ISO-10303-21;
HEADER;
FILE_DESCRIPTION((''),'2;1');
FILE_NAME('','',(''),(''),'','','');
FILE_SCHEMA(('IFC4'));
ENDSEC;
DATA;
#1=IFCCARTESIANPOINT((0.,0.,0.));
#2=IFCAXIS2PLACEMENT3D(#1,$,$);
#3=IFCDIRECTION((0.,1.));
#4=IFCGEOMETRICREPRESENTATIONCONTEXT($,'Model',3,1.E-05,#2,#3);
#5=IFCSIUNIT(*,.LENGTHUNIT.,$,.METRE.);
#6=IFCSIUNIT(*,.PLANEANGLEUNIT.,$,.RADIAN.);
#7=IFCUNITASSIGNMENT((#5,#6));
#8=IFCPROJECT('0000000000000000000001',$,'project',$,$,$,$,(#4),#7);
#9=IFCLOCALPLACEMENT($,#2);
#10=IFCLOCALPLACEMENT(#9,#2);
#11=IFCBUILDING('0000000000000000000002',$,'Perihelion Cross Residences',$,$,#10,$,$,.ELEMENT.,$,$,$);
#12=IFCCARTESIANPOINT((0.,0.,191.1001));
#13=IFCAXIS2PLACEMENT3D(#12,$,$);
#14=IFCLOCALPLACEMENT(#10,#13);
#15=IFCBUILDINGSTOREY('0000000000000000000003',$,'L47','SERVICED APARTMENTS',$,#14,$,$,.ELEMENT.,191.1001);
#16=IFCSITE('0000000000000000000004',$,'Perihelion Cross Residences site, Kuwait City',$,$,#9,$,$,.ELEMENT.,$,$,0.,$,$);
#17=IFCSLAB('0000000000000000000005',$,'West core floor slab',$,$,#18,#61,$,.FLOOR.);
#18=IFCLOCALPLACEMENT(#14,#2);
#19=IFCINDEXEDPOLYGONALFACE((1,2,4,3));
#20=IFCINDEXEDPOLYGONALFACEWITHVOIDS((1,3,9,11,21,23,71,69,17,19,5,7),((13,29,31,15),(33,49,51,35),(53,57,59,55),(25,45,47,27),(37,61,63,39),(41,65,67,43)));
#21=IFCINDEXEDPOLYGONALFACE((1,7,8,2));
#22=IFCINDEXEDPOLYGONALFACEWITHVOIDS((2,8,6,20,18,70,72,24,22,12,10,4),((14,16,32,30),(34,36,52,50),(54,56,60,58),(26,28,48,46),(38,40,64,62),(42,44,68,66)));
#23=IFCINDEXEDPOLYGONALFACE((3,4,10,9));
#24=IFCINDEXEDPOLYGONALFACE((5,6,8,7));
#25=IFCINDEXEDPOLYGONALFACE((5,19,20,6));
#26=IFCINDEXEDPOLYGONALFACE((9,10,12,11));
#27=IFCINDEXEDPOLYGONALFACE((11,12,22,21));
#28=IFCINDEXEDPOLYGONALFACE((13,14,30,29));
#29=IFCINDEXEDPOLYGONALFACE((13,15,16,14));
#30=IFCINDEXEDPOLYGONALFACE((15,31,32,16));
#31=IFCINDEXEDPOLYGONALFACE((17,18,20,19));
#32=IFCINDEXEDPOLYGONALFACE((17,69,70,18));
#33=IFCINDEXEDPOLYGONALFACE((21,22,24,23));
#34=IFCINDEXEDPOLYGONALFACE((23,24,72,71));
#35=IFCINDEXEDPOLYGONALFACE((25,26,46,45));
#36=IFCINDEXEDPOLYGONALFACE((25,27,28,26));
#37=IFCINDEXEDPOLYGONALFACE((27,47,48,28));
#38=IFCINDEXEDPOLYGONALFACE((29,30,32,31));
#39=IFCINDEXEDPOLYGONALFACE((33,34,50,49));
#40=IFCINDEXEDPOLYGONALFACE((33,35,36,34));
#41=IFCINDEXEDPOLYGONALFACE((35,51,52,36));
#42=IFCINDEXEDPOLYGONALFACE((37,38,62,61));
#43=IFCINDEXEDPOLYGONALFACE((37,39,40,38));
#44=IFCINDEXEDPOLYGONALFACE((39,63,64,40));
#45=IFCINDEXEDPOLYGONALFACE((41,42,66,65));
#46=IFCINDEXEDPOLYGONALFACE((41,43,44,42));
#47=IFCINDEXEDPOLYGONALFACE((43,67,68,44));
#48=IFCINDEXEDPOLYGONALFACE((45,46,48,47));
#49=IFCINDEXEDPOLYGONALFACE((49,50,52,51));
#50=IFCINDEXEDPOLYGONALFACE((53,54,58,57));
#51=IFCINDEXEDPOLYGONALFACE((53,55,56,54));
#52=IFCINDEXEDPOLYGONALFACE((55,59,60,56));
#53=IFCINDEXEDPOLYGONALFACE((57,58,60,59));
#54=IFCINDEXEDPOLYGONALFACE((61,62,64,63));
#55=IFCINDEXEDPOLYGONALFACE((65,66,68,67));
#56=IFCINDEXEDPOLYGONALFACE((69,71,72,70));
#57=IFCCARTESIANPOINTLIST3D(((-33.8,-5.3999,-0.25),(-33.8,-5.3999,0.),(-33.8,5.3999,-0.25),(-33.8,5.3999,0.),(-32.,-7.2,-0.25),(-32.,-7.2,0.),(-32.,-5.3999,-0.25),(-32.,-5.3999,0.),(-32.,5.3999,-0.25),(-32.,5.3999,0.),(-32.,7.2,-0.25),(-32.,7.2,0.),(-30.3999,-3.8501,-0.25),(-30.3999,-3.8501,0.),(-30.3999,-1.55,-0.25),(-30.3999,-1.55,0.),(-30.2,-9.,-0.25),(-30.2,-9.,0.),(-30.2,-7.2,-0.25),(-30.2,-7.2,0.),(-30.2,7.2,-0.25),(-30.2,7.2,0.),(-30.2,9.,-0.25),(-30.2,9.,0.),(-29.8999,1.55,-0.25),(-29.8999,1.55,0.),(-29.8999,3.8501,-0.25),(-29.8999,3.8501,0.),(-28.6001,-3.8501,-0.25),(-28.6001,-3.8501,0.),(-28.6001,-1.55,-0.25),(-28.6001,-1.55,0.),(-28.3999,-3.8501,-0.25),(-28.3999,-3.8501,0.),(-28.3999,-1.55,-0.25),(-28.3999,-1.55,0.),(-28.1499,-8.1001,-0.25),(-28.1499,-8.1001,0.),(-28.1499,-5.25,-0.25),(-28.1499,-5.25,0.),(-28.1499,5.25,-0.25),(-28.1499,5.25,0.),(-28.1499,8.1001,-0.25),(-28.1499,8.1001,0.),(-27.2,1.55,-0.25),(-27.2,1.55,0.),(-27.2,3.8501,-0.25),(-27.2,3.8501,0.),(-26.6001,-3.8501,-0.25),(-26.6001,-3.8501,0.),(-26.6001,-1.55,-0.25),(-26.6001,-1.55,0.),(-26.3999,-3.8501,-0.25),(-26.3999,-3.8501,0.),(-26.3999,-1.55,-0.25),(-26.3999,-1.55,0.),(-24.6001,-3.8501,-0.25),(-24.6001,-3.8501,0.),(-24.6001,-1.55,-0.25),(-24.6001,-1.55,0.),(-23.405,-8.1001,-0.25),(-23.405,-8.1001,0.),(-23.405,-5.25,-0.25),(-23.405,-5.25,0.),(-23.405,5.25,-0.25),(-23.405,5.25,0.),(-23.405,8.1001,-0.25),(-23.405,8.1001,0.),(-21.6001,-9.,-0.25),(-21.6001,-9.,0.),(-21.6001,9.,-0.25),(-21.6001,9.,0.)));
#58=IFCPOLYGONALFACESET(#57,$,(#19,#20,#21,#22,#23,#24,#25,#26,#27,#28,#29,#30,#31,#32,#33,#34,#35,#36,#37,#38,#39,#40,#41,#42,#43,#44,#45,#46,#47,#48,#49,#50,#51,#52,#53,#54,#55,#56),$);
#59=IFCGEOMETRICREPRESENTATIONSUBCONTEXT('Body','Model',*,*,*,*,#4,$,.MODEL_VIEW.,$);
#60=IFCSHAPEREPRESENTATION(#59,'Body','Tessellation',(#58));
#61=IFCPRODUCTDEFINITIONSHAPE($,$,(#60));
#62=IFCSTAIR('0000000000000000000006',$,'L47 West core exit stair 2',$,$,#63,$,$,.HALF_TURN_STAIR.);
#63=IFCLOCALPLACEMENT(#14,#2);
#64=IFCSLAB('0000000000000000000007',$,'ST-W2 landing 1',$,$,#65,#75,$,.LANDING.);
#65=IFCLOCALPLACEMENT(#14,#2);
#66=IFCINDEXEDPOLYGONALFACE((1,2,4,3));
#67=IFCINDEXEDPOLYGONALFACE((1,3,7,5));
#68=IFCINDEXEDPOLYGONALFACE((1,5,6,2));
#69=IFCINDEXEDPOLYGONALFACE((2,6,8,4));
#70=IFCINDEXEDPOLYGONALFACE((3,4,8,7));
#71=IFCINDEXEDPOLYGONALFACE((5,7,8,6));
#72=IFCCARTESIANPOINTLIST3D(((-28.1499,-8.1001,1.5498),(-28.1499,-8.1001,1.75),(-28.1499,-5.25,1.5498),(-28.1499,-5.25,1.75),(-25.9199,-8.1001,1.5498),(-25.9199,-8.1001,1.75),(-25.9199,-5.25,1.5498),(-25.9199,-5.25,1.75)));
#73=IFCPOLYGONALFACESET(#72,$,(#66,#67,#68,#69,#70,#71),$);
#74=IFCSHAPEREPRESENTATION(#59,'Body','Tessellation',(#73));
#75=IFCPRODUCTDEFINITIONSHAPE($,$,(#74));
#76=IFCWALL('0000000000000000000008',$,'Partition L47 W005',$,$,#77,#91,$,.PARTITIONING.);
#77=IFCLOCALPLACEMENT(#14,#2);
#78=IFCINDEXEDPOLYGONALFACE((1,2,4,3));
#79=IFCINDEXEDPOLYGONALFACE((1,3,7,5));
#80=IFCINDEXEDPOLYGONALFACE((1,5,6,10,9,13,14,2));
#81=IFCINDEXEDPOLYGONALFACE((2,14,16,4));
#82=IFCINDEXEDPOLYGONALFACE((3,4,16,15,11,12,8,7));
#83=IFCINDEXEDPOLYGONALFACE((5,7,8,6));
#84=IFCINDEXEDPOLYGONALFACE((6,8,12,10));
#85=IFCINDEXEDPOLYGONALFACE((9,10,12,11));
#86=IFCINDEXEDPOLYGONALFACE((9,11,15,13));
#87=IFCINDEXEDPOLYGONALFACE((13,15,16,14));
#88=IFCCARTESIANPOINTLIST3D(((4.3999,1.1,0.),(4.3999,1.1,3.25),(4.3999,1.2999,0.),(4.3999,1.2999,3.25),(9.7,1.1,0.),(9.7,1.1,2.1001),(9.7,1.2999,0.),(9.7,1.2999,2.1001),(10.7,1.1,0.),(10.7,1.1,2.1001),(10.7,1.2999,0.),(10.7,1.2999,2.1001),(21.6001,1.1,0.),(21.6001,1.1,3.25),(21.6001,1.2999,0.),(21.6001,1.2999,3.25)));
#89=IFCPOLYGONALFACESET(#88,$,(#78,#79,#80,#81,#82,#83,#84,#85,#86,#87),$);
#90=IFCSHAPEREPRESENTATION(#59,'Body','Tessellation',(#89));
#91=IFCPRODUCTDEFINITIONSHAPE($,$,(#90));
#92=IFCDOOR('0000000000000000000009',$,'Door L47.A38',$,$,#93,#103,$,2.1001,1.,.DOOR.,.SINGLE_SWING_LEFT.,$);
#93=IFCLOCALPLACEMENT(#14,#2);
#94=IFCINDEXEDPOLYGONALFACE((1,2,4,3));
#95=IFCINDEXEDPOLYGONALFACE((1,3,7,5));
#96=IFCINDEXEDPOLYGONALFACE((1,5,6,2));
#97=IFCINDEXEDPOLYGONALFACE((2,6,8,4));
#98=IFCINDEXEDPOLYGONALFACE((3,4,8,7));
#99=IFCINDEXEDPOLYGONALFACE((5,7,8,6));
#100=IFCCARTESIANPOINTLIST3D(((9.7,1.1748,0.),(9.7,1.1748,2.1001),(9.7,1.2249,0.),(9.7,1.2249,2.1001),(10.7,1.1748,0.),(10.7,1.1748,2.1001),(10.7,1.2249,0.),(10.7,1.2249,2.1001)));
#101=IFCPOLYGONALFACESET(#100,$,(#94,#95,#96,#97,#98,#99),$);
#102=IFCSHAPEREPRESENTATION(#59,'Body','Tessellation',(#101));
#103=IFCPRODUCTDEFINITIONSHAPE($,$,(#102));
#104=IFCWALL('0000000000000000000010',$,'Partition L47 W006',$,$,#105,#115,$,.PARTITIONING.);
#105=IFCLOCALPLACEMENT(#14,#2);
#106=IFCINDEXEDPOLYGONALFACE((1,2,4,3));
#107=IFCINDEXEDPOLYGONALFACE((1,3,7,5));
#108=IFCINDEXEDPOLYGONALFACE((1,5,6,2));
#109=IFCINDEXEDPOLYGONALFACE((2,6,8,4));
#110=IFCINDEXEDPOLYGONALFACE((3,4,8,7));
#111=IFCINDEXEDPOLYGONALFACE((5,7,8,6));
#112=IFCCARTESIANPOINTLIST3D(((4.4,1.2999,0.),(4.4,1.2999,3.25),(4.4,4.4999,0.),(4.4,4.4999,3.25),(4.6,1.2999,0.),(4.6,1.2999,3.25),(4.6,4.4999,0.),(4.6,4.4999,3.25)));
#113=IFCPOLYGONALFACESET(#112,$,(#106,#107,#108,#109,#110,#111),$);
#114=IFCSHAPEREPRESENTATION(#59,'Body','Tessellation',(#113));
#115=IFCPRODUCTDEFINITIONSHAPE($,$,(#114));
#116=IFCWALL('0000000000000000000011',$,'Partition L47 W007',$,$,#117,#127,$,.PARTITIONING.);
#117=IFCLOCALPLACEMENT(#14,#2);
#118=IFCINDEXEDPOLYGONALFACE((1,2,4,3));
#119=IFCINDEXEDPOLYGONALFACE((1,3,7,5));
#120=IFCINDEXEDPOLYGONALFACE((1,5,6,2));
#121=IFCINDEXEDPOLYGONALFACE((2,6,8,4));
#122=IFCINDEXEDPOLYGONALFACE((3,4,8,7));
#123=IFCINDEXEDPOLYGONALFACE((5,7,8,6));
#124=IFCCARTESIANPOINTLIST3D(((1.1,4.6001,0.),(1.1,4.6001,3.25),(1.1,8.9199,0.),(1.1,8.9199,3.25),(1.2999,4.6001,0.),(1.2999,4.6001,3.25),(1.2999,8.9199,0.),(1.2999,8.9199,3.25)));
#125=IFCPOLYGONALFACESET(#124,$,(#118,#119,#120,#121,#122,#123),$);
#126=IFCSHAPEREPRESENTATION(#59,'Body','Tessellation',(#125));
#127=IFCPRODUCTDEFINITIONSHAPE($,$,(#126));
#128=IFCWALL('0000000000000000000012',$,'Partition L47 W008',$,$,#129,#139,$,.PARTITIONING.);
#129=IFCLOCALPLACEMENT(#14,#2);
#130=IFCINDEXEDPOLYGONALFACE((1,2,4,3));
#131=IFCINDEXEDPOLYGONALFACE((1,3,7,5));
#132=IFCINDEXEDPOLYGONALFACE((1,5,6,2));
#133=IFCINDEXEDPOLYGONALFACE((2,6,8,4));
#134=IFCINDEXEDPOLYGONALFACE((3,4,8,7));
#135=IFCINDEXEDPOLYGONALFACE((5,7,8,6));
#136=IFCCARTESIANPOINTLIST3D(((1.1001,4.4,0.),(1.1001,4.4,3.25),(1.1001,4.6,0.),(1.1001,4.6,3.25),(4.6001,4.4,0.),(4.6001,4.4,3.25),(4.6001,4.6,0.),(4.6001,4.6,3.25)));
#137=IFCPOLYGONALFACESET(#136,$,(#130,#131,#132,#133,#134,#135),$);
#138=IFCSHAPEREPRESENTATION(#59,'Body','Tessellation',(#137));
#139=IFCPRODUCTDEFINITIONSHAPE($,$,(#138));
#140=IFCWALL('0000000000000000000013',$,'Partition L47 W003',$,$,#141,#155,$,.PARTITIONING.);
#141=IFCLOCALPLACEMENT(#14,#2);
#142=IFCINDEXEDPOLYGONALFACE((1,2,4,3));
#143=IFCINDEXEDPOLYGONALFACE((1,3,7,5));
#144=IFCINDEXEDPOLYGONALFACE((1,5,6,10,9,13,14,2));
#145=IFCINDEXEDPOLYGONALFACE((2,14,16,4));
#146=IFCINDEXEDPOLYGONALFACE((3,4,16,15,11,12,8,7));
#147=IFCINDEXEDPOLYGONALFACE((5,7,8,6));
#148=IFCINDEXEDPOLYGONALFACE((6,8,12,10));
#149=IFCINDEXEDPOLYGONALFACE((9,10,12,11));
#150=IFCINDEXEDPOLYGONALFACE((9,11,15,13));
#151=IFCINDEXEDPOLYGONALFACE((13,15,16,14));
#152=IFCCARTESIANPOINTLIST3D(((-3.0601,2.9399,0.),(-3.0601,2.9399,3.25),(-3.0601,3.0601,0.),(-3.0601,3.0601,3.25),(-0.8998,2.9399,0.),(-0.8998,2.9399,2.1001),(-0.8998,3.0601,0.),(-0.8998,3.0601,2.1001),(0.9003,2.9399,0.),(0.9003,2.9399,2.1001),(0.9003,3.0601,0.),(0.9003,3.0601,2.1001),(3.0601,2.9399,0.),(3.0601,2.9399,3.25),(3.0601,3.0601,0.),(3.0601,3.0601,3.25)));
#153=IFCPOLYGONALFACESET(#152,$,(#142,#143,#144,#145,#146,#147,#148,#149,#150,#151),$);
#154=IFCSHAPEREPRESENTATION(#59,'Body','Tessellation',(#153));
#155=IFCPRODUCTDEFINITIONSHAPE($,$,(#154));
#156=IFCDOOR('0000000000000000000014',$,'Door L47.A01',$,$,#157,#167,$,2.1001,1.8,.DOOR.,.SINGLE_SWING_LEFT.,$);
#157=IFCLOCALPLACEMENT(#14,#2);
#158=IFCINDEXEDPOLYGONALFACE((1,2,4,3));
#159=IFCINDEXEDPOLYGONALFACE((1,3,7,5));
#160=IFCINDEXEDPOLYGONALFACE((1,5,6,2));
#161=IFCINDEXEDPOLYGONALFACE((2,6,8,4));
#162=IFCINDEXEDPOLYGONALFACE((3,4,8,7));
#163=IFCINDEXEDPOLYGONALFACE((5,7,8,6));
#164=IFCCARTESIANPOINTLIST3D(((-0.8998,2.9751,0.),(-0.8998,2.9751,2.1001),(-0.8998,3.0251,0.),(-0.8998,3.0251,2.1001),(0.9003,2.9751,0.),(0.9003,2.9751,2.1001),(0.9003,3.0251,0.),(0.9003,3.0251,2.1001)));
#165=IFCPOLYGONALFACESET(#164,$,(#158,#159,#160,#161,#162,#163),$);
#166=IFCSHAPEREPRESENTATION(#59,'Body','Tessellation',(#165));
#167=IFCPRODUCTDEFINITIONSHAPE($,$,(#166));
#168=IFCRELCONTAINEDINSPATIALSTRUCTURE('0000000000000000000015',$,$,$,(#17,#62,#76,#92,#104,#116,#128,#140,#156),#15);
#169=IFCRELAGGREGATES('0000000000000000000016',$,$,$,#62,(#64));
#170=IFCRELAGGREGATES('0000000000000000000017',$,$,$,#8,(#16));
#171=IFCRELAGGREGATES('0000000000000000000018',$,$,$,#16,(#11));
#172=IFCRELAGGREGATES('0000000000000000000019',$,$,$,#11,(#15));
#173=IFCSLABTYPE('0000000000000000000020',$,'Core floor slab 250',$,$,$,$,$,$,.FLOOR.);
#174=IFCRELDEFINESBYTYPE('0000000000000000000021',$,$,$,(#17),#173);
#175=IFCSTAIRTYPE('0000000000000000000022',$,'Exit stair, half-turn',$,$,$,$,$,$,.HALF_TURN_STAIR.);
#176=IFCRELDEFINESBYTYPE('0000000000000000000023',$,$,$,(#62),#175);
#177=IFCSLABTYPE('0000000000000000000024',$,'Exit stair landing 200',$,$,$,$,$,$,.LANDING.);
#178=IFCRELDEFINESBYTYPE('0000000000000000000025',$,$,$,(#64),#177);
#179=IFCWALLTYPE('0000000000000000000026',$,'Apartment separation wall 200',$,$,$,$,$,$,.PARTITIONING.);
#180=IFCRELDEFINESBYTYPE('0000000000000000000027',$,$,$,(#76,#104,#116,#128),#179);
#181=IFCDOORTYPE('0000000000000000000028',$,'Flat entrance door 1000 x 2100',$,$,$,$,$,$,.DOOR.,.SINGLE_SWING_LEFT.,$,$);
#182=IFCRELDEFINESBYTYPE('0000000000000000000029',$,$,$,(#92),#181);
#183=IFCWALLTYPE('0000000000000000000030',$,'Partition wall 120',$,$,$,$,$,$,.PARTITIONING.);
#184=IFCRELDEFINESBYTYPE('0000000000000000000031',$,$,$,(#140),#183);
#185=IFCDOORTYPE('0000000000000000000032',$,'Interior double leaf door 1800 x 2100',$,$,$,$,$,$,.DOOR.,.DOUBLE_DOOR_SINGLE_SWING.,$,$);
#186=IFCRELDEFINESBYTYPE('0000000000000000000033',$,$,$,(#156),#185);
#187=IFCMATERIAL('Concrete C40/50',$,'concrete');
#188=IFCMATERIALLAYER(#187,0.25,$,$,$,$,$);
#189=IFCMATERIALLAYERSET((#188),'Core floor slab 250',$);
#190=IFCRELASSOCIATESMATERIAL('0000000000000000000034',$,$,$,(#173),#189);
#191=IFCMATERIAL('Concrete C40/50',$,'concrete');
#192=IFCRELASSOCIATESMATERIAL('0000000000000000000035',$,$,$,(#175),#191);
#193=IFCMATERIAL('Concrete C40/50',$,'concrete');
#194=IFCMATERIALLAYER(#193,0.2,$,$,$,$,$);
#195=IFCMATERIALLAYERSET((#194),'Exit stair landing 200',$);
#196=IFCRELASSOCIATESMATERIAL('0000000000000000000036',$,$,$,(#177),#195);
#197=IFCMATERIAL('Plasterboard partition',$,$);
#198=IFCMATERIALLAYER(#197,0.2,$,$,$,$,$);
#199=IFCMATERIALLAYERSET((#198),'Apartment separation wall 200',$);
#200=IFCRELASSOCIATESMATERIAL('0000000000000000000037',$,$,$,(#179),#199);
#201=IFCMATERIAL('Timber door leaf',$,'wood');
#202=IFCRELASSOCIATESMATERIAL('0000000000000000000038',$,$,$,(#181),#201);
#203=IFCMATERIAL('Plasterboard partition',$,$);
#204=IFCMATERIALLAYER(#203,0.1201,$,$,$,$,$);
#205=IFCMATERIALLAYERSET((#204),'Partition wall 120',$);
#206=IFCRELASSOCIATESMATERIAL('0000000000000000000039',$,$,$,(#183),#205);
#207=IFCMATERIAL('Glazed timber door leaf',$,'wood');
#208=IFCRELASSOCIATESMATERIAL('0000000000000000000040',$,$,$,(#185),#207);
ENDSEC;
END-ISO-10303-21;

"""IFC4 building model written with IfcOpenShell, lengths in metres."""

from ifc_helpers import new_model, si_unit, direction, frame, frame_2d, origin, place, context, subcontext, project, spatial, polyline, rectangle, outline, extrude, material, layer, layer_set, type_object, element, fill, aggregate, save


model = new_model("IFC4")

# Units and contexts
model_context = context("Model", 3, precision=1e-05, world=origin(), true_north=direction((0.0, 1.0)))
body_context = subcontext(model_context, "Body", "Model", "MODEL_VIEW")
ifc_project = project(units=[si_unit("LENGTHUNIT", "METRE"), si_unit("PLANEANGLEUNIT", "RADIAN")], contexts=[model_context])

# Site, building, storey
site_placement = place(None, origin())
site = spatial("IfcSite", under=ifc_project, at=site_placement, Name="Perihelion Cross Residences site, Kuwait City", CompositionType="ELEMENT", RefElevation=0.0)
building_placement = place(site_placement, origin())
building = spatial("IfcBuilding", under=site, at=building_placement, Name="Perihelion Cross Residences", CompositionType="ELEMENT")
storey_placement = place(building_placement, frame((0.0, 0.0, 191.1001)))
storey = spatial("IfcBuildingStorey", under=building, at=storey_placement, Name="L47", Description="SERVICED APARTMENTS", CompositionType="ELEMENT", Elevation=191.1001)

# Slab
ifc_material_1 = material(Name="Concrete C40/50", Category="concrete")
ifc_layer_1 = layer(ifc_material_1, 0.25)
ifc_layer_set_1 = layer_set([ifc_layer_1], Name="Core floor slab 250")
slab_type_1 = type_object("IfcSlabType", Name="Core floor slab 250", PredefinedType="FLOOR", material=ifc_layer_set_1)
slab_1_placement = place(storey_placement, frame((0.0, 0.0, -0.25)))
element("IfcSlab", 1, at=slab_1_placement, inside=storey, type_object=slab_type_1, Name="West core floor slab", PredefinedType="FLOOR", context=body_context, shape_type="SweptSolid", body=[
    extrude(outline(polyline([(-30.2, 7.2), (-32.0, 7.2), (-32.0, 5.3999), (-33.8, 5.3999), (-33.8, -5.3999), (-32.0, -5.3999), (-32.0, -7.2), (-30.2, -7.2), (-30.2, -9.0), (-21.6001, -9.0), (-21.6001, 9.0), (-30.2, 9.0), (-30.2, 7.2)]), holes=[polyline([(-28.1499, -8.1001), (-28.1499, -5.25), (-23.405, -5.25), (-23.405, -8.1001), (-28.1499, -8.1001)]), polyline([(-24.6001, -1.55), (-24.6001, -3.8501), (-26.3999, -3.8501), (-26.3999, -1.55), (-24.6001, -1.55)]), polyline([(-26.6001, -1.55), (-26.6001, -3.8501), (-28.3999, -3.8501), (-28.3999, -1.55), (-26.6001, -1.55)]), polyline([(-28.6001, -3.8501), (-30.3999, -3.8501), (-30.3999, -1.55), (-28.6001, -1.55), (-28.6001, -3.8501)]), polyline([(-27.2, 3.8501), (-27.2, 1.55), (-29.8999, 1.55), (-29.8999, 3.8501), (-27.2, 3.8501)]), polyline([(-23.405, 5.25), (-28.1499, 5.25), (-28.1499, 8.1001), (-23.405, 8.1001), (-23.405, 5.25)])]), origin(), (0.0, 0.0, 1.0), 0.25),
])

# Stair, slab
ifc_material_2 = material(Name="Concrete C40/50", Category="concrete")
stair_type = type_object("IfcStairType", Name="Exit stair, half-turn", PredefinedType="HALF_TURN_STAIR", material=ifc_material_2)
stair_placement = place(storey_placement, origin())
stair = element("IfcStair", 2, at=stair_placement, inside=storey, type_object=stair_type, Name="L47 West core exit stair 2", PredefinedType="HALF_TURN_STAIR")
ifc_material_3 = material(Name="Concrete C40/50", Category="concrete")
ifc_layer_2 = layer(ifc_material_3, 0.2)
ifc_layer_set_2 = layer_set([ifc_layer_2], Name="Exit stair landing 200")
slab_type_2 = type_object("IfcSlabType", Name="Exit stair landing 200", PredefinedType="LANDING", material=ifc_layer_set_2)
slab_2_placement = place(storey_placement, frame((0.0, 0.0, 1.5498)))
slab_2 = element("IfcSlab", 3, at=slab_2_placement, type_object=slab_type_2, Name="ST-W2 landing 1", PredefinedType="LANDING", context=body_context, shape_type="SweptSolid", body=[
    extrude(outline(polyline([(-25.9199, -5.25), (-28.1499, -5.25), (-28.1499, -8.1001), (-25.9199, -8.1001), (-25.9199, -5.25)])), origin(), (0.0, 0.0, 1.0), 0.2002),
])
aggregate(stair, [slab_2])

# Wall, opening, door
ifc_material_4 = material(Name="Plasterboard partition")
ifc_layer_3 = layer(ifc_material_4, 0.2)
ifc_layer_set_3 = layer_set([ifc_layer_3], Name="Apartment separation wall 200")
wall_type_1 = type_object("IfcWallType", Name="Apartment separation wall 200", PredefinedType="PARTITIONING", material=ifc_layer_set_3)
wall_1_placement = place(storey_placement, frame((4.3999, 1.2, 0.0), z_axis=(0.0, 0.0, 1.0), x_axis=(1.0, 0.0, 0.0)))
wall_1 = element("IfcWall", 4, at=wall_1_placement, inside=storey, type_object=wall_type_1, Name="Partition L47 W005", PredefinedType="PARTITIONING", context=body_context, shape_type="SweptSolid", body=[
    extrude(rectangle(XDim=17.2002, YDim=0.2, at=frame_2d((8.6001, 0.0))), origin(), (0.0, 0.0, 1.0), 3.25),
])
opening_1_placement = place(wall_1_placement, frame((5.3, 0.0, 0.0)))
opening_1 = element("IfcOpeningElement", 5, at=opening_1_placement, cuts=wall_1, PredefinedType="OPENING", context=body_context, shape_type="SweptSolid", body=[
    extrude(rectangle(XDim=1.0, YDim=2.1001, at=frame_2d((0.5, 1.05))), frame((0.0, 0.1099, 0.0), z_axis=(0.0, -1.0, 0.0), x_axis=(1.0, 0.0, 0.0)), (0.0, 0.0, 1.0), 0.22),
])
ifc_material_5 = material(Name="Timber door leaf", Category="wood")
door_type_1 = type_object("IfcDoorType", Name="Flat entrance door 1000 x 2100", OperationType="SINGLE_SWING_LEFT", PredefinedType="DOOR", material=ifc_material_5)
door_1_placement = place(opening_1_placement, origin())
door_1 = element("IfcDoor", 6, at=door_1_placement, inside=storey, type_object=door_type_1, Name="Door L47.A38", OperationType="SINGLE_SWING_LEFT", OverallHeight=2.1001, OverallWidth=1.0, PredefinedType="DOOR", context=body_context, shape_type="SweptSolid", body=[
    extrude(rectangle(XDim=1.0, YDim=2.1001, at=frame_2d((0.5, 1.05))), frame((0.0, 0.0249, 0.0), z_axis=(0.0, -1.0, 0.0), x_axis=(1.0, 0.0, 0.0)), (0.0, 0.0, 1.0), 0.05),
])
fill(opening_1, door_1)

# Walls
wall_2_placement = place(storey_placement, frame((4.5, 4.5, 0.0), z_axis=(0.0, 0.0, 1.0), x_axis=(0.0, -1.0, 0.0)))
element("IfcWall", 7, at=wall_2_placement, inside=storey, type_object=wall_type_1, Name="Partition L47 W006", PredefinedType="PARTITIONING", context=body_context, shape_type="SweptSolid", body=[
    extrude(rectangle(XDim=3.2, YDim=0.2, at=frame_2d((1.6001, 0.0))), origin(), (0.0, 0.0, 1.0), 3.25),
])
wall_3_placement = place(storey_placement, frame((1.2, 8.9199, 0.0), z_axis=(0.0, 0.0, 1.0), x_axis=(0.0, -1.0, 0.0)))
element("IfcWall", 8, at=wall_3_placement, inside=storey, type_object=wall_type_1, Name="Partition L47 W007", PredefinedType="PARTITIONING", context=body_context, shape_type="SweptSolid", body=[
    extrude(rectangle(XDim=4.3198, YDim=0.2, at=frame_2d((2.1599, 0.0))), origin(), (0.0, 0.0, 1.0), 3.25),
])
wall_4_placement = place(storey_placement, frame((1.1001, 4.5, 0.0), z_axis=(0.0, 0.0, 1.0), x_axis=(1.0, 0.0, 0.0)))
element("IfcWall", 9, at=wall_4_placement, inside=storey, type_object=wall_type_1, Name="Partition L47 W008", PredefinedType="PARTITIONING", context=body_context, shape_type="SweptSolid", body=[
    extrude(rectangle(XDim=3.5, YDim=0.2, at=frame_2d((1.75, 0.0))), origin(), (0.0, 0.0, 1.0), 3.25),
])

# Wall, opening, door
ifc_material_6 = material(Name="Plasterboard partition")
ifc_layer_4 = layer(ifc_material_6, 0.1201)
ifc_layer_set_4 = layer_set([ifc_layer_4], Name="Partition wall 120")
wall_type_2 = type_object("IfcWallType", Name="Partition wall 120", PredefinedType="PARTITIONING", material=ifc_layer_set_4)
wall_5_placement = place(storey_placement, frame((3.0601, 3.0, 0.0), z_axis=(0.0, 0.0, 1.0), x_axis=(-1.0, 0.0, 0.0)))
wall_5 = element("IfcWall", 10, at=wall_5_placement, inside=storey, type_object=wall_type_2, Name="Partition L47 W003", PredefinedType="PARTITIONING", context=body_context, shape_type="SweptSolid", body=[
    extrude(rectangle(XDim=6.1201, YDim=0.1201, at=frame_2d((3.0601, 0.0))), origin(), (0.0, 0.0, 1.0), 3.25),
])
opening_2_placement = place(wall_5_placement, frame((2.1599, 0.0, 0.0)))
opening_2 = element("IfcOpeningElement", 11, at=opening_2_placement, cuts=wall_5, PredefinedType="OPENING", context=body_context, shape_type="SweptSolid", body=[
    extrude(rectangle(XDim=1.8, YDim=2.1001, at=frame_2d((0.8999, 1.05))), frame((0.0, 0.0701, 0.0), z_axis=(0.0, -1.0, 0.0), x_axis=(1.0, 0.0, 0.0)), (0.0, 0.0, 1.0), 0.1401),
])
ifc_material_7 = material(Name="Glazed timber door leaf", Category="wood")
door_type_2 = type_object("IfcDoorType", Name="Interior double leaf door 1800 x 2100", OperationType="DOUBLE_DOOR_SINGLE_SWING", PredefinedType="DOOR", material=ifc_material_7)
door_2_placement = place(opening_2_placement, origin())
door_2 = element("IfcDoor", 12, at=door_2_placement, inside=storey, type_object=door_type_2, Name="Door L47.A01", OperationType="SINGLE_SWING_LEFT", OverallHeight=2.1001, OverallWidth=1.8, PredefinedType="DOOR", context=body_context, shape_type="SweptSolid", body=[
    extrude(rectangle(XDim=1.8, YDim=2.1001, at=frame_2d((0.8999, 1.05))), frame((0.0, 0.0249, 0.0), z_axis=(0.0, -1.0, 0.0), x_axis=(1.0, 0.0, 0.0)), (0.0, 0.0, 1.0), 0.05),
])
fill(opening_2, door_2)

save(model, "model.ifc")
